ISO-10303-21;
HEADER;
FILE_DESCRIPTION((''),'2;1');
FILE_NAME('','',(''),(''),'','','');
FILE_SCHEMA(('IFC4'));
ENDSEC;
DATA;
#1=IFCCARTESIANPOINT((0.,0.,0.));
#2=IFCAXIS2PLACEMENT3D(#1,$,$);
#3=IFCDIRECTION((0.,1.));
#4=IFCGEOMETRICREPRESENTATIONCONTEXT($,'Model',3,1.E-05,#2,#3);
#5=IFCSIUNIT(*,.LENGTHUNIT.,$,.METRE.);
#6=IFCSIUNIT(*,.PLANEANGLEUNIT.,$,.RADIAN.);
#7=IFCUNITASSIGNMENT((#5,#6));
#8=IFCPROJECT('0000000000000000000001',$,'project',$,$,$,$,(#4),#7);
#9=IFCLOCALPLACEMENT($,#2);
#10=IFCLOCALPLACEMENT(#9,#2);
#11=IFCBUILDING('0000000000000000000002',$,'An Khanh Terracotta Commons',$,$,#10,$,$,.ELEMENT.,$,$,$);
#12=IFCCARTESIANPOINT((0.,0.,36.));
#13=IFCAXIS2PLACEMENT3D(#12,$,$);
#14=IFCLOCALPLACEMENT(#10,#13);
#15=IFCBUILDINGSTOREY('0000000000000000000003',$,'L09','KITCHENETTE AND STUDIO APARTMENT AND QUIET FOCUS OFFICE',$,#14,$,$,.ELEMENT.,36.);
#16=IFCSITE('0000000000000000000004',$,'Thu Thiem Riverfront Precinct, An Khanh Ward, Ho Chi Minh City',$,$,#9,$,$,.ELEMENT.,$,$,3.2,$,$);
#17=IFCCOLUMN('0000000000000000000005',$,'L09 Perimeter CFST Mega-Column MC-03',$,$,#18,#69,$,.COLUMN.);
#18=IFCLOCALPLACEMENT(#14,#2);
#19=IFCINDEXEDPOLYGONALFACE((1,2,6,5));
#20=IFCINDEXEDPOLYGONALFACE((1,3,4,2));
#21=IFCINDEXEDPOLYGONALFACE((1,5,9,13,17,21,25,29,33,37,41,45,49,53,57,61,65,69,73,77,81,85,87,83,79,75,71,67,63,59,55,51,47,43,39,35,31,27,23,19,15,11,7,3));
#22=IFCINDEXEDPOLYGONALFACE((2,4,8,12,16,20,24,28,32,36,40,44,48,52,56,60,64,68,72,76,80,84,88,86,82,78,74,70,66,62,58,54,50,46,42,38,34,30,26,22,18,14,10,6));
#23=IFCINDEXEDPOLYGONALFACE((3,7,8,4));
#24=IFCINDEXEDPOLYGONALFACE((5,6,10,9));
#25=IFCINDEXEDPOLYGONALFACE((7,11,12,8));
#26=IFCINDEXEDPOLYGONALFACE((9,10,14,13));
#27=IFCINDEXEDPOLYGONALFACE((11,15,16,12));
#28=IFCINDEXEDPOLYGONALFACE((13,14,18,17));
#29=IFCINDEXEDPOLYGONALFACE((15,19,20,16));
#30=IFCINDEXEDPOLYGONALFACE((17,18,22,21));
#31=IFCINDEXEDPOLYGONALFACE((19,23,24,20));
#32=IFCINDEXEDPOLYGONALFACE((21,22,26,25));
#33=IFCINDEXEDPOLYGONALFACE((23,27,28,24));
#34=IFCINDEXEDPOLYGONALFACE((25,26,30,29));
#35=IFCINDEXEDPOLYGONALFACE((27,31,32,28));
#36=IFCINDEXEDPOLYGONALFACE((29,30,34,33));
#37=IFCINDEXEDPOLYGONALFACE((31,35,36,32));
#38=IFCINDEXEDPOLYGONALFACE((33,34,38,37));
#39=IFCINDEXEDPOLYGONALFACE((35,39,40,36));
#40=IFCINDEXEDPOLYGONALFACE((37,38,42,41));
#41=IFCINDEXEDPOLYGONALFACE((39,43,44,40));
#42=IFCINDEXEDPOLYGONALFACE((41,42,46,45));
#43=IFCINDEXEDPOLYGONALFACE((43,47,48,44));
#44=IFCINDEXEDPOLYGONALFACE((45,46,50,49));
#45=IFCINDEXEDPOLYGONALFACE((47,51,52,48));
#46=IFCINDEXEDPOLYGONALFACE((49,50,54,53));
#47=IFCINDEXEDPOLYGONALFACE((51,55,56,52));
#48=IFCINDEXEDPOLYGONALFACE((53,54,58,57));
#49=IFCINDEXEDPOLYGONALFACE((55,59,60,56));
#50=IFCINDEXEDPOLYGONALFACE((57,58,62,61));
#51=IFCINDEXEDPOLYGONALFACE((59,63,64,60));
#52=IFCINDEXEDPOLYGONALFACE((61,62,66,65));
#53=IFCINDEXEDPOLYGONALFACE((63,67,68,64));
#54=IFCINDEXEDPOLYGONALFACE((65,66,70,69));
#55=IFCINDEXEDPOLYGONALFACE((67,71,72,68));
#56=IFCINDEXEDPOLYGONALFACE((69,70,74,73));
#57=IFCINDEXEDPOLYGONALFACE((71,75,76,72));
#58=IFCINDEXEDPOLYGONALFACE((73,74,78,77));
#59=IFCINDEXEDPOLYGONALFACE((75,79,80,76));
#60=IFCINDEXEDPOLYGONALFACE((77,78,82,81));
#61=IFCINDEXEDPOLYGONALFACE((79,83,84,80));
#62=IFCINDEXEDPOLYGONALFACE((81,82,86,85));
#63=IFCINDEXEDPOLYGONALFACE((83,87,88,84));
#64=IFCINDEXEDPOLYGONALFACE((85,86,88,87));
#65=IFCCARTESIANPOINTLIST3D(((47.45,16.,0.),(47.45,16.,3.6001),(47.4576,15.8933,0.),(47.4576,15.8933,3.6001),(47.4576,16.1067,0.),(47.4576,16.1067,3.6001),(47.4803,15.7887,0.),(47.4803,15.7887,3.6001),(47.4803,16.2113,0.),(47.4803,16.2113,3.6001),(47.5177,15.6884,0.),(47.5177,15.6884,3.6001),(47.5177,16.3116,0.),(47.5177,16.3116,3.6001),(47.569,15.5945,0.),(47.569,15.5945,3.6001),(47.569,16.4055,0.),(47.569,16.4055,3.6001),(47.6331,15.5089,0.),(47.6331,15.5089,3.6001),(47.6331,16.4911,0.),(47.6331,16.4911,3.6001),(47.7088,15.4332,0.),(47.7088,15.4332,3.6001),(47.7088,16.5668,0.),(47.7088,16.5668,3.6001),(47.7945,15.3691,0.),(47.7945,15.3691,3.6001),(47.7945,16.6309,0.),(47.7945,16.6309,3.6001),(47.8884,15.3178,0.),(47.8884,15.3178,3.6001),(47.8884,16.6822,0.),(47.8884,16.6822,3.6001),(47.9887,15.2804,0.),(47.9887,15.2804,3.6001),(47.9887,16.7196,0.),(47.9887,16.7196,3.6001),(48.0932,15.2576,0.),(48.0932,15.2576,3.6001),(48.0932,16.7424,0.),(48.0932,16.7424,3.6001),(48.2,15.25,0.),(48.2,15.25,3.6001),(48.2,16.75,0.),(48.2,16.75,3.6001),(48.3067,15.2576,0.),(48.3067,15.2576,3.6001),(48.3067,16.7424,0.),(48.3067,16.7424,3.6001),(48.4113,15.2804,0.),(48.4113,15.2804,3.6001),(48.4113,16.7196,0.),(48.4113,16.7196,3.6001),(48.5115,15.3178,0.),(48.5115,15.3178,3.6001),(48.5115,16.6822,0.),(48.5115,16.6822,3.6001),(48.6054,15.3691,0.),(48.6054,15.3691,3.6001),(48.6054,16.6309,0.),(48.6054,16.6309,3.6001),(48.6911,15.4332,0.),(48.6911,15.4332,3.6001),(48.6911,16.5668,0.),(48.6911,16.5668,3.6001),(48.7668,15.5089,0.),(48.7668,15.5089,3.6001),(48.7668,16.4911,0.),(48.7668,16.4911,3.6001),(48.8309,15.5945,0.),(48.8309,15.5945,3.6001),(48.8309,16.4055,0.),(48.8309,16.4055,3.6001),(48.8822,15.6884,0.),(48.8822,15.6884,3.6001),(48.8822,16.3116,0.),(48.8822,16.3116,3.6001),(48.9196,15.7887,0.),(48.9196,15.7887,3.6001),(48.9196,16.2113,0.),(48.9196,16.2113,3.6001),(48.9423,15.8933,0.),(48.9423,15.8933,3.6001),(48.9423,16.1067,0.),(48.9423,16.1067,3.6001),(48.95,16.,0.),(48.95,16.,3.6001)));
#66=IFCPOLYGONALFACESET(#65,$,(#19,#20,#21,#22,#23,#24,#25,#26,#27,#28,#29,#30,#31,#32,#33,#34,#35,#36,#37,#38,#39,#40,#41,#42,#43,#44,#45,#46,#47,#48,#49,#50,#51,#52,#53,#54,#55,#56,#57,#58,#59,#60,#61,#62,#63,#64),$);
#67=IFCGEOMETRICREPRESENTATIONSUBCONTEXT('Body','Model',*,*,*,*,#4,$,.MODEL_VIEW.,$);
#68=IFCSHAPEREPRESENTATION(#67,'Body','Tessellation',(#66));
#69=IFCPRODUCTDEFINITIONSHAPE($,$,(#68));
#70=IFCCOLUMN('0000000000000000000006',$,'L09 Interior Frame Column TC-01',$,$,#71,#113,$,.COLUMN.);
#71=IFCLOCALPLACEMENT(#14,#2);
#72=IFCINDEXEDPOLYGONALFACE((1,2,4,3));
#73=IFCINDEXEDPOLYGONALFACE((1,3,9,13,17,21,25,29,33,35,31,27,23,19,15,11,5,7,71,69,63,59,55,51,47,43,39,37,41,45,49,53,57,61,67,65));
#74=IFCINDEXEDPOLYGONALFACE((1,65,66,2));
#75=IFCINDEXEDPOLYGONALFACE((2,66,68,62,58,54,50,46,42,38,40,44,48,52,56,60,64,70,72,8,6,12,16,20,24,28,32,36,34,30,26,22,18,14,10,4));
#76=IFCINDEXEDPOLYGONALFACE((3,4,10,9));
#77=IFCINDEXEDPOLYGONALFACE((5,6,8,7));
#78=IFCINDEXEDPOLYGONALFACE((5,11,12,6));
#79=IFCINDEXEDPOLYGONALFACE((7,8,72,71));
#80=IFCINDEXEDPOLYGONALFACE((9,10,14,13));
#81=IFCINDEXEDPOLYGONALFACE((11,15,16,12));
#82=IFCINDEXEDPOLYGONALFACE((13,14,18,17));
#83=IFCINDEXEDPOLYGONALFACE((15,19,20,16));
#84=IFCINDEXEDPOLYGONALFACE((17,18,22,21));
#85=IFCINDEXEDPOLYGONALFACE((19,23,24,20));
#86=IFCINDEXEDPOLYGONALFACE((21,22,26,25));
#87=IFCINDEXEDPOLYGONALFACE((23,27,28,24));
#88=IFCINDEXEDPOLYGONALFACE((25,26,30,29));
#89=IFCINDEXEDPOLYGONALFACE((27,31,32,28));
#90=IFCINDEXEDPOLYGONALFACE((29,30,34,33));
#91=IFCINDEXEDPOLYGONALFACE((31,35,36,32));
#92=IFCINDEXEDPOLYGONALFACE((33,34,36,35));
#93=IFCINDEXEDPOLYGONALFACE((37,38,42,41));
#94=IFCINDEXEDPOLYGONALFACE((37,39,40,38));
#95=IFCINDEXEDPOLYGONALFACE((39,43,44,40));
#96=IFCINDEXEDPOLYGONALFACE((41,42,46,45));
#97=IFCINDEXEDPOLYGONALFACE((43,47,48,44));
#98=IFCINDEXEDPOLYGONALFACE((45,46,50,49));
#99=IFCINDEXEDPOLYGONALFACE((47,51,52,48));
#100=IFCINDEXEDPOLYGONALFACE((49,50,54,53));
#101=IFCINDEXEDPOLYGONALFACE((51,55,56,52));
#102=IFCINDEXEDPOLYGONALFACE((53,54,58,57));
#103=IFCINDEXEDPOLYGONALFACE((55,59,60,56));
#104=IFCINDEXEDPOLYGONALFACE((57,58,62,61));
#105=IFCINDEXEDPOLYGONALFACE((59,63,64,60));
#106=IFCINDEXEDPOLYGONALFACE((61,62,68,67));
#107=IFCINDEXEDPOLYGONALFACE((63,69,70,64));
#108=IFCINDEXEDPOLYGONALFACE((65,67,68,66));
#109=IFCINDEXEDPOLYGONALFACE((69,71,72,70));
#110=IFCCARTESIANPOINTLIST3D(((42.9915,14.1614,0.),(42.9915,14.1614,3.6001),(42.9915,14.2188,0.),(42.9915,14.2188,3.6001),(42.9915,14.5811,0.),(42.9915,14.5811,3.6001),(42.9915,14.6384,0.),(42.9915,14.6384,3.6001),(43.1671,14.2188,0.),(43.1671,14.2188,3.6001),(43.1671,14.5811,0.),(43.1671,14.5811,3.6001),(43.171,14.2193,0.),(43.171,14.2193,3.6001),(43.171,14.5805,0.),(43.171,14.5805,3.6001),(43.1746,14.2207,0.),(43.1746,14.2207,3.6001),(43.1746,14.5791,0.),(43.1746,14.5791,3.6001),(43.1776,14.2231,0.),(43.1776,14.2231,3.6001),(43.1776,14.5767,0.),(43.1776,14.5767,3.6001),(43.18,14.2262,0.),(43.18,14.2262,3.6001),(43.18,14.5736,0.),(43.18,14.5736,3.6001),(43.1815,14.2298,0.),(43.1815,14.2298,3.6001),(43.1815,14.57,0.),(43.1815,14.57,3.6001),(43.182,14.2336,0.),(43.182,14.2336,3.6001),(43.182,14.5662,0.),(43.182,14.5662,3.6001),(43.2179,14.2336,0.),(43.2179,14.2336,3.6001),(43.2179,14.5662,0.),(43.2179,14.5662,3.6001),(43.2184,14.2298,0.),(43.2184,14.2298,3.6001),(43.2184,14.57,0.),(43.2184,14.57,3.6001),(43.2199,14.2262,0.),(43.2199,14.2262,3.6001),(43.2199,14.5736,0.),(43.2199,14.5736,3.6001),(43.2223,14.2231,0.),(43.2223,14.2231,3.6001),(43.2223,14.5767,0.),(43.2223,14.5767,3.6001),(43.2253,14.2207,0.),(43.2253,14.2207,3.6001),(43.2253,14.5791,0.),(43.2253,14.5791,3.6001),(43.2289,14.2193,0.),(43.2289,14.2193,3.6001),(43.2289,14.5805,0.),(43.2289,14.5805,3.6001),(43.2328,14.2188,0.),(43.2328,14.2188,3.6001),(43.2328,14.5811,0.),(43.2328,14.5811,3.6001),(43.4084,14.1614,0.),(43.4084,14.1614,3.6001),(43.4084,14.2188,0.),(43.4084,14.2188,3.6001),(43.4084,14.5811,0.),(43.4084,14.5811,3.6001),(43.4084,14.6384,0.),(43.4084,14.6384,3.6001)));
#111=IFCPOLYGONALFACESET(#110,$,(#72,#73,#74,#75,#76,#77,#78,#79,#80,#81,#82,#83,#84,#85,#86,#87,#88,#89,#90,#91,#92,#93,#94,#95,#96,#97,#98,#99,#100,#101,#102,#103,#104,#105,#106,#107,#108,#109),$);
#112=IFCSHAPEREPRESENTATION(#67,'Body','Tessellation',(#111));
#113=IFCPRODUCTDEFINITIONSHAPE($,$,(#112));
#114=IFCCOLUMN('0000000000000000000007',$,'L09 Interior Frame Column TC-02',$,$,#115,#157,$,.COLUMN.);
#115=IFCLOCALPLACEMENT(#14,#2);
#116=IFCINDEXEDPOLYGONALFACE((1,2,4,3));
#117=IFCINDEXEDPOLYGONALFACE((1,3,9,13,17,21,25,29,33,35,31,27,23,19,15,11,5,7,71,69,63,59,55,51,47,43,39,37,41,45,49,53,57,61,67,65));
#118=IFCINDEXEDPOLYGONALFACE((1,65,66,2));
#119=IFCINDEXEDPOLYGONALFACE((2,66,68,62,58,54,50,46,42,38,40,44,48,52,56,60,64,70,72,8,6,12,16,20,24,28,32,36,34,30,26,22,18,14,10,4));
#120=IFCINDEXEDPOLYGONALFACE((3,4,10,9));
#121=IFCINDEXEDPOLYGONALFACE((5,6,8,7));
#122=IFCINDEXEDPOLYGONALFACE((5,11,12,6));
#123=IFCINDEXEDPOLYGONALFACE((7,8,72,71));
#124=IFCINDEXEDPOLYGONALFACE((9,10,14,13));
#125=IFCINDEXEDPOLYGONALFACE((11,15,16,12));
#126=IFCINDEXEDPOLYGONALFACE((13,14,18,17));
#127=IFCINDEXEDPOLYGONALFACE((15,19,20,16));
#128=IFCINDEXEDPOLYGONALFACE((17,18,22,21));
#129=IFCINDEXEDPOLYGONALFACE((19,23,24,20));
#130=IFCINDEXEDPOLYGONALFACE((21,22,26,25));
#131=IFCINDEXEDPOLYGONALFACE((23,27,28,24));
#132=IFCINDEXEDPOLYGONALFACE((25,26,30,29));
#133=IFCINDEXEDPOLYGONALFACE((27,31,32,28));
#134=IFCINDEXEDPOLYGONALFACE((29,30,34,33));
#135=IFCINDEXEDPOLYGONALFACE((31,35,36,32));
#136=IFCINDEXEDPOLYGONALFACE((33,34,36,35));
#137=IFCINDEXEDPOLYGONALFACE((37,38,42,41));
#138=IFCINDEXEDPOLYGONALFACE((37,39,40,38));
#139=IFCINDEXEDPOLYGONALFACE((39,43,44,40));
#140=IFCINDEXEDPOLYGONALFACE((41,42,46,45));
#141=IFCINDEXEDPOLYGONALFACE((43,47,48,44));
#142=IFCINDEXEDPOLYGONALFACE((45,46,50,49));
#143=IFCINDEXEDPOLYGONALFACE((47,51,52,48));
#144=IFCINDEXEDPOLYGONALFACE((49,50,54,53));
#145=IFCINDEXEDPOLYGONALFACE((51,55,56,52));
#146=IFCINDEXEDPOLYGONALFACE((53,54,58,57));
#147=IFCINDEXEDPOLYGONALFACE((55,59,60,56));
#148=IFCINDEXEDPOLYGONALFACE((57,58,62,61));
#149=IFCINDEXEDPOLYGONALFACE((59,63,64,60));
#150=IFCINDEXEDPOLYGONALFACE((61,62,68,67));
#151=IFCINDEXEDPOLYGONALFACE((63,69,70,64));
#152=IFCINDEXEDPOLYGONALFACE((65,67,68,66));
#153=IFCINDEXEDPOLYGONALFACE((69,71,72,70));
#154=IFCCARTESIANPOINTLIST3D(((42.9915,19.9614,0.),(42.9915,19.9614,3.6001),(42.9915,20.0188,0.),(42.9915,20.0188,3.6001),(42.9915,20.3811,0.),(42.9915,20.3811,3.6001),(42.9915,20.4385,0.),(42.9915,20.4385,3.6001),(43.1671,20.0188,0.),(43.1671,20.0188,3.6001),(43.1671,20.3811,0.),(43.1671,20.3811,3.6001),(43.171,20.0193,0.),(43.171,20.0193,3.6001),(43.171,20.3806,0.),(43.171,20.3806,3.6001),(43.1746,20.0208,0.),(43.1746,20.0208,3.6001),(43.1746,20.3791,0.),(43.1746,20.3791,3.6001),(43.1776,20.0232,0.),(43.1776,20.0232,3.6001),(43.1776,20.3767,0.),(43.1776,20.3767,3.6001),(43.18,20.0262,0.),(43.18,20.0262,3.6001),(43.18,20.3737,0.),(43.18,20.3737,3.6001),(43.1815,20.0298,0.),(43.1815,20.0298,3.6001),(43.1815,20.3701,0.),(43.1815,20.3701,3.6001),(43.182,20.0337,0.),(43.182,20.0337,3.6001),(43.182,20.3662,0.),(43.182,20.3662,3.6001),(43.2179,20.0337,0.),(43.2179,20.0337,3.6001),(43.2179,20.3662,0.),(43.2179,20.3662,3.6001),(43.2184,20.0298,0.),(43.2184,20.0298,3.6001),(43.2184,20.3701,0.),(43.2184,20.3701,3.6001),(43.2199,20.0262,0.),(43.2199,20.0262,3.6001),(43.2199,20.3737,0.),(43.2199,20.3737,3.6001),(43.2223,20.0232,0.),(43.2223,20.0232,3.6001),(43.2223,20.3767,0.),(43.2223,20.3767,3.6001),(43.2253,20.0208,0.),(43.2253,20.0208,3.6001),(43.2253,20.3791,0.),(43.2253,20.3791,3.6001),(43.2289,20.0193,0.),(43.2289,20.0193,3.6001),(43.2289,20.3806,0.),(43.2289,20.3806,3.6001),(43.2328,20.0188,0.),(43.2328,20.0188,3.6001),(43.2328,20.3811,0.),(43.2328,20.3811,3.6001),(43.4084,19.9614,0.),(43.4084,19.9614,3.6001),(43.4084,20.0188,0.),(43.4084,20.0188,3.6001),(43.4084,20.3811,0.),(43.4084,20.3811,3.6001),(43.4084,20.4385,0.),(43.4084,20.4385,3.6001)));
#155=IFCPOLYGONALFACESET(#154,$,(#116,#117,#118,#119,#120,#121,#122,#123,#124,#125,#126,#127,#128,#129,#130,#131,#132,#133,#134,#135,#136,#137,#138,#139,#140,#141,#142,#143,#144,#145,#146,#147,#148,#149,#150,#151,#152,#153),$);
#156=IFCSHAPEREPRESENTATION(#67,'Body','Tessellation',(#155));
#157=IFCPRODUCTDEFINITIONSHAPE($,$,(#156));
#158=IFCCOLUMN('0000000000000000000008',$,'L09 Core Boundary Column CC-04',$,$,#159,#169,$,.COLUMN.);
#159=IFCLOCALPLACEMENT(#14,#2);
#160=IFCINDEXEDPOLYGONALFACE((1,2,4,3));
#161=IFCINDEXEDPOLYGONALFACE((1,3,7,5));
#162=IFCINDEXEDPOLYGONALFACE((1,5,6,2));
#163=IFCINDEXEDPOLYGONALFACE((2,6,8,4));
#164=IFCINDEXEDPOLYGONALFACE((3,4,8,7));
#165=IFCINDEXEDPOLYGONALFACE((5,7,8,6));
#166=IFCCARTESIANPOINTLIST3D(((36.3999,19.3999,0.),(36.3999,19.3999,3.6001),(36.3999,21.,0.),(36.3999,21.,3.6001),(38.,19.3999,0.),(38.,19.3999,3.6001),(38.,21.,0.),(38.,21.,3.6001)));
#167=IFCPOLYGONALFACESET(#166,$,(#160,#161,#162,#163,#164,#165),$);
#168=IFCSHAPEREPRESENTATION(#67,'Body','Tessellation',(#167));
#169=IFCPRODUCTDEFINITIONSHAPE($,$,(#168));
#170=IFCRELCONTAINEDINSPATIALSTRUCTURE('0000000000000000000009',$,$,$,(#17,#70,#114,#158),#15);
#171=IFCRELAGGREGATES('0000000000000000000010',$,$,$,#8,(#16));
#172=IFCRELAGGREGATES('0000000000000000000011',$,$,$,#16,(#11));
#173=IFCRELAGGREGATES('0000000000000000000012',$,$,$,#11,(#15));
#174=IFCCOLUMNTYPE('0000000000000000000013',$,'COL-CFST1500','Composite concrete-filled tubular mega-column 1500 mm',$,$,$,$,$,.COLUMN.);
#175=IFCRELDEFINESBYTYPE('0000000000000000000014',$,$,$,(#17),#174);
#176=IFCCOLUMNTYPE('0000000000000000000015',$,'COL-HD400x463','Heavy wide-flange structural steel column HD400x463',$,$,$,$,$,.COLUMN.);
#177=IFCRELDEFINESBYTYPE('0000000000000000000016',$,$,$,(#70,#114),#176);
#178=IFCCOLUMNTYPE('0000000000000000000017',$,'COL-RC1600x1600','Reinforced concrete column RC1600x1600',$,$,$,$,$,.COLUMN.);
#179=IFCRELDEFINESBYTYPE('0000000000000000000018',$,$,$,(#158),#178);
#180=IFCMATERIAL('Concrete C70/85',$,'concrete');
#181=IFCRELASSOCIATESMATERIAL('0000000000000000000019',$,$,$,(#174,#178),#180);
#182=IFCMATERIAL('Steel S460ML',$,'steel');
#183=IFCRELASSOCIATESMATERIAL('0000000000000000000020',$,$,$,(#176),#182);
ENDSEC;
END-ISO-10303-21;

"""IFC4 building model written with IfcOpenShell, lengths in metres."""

from ifc_helpers import new_model, si_unit, direction, frame, origin, origin_2d, place, context, subcontext, project, spatial, rectangle, circle, i_section, extrude, material, material_profile, profile_set, type_object, element, save


model = new_model("IFC4")

# Units and contexts
model_context = context("Model", 3, precision=1e-05, world=origin(), true_north=direction((0.0, 1.0)))
body_context = subcontext(model_context, "Body", "Model", "MODEL_VIEW")
ifc_project = project(units=[si_unit("LENGTHUNIT", "METRE"), si_unit("PLANEANGLEUNIT", "RADIAN")], contexts=[model_context])

# Site, building, storey
site_placement = place(None, origin())
site = spatial("IfcSite", under=ifc_project, at=site_placement, Name="Thu Thiem Riverfront Precinct, An Khanh Ward, Ho Chi Minh City", CompositionType="ELEMENT", RefElevation=3.2)
building_placement = place(site_placement, origin())
building = spatial("IfcBuilding", under=site, at=building_placement, Name="An Khanh Terracotta Commons", CompositionType="ELEMENT")
storey_placement = place(building_placement, frame((0.0, 0.0, 36.0)))
storey = spatial("IfcBuildingStorey", under=building, at=storey_placement, Name="L09", Description="KITCHENETTE AND STUDIO APARTMENT AND QUIET FOCUS OFFICE", CompositionType="ELEMENT", Elevation=36.0)

# Columns
ifc_material_1 = material(Name="Concrete C70/85", Category="concrete")
ifc_material_profile_1 = material_profile(ifc_material_1, circle(Radius=0.75, at=origin_2d()), Name="CFST1500")
ifc_profile_set_1 = profile_set([ifc_material_profile_1], Name="Concrete C70/85")
column_type_1 = type_object("IfcColumnType", Name="COL-CFST1500", Description="Composite concrete-filled tubular mega-column 1500 mm", PredefinedType="COLUMN", material=ifc_profile_set_1)
column_1_placement = place(storey_placement, frame((48.2, 16.0, 0.0), z_axis=(0.0, 0.0, 1.0), x_axis=(1.0, 0.0, 0.0)))
element("IfcColumn", 1, at=column_1_placement, inside=storey, type_object=column_type_1, Name="L09 Perimeter CFST Mega-Column MC-03", PredefinedType="COLUMN", context=body_context, shape_type="SweptSolid", body=[
    extrude(circle(Radius=0.75, at=origin_2d()), origin(), (0.0, 0.0, 1.0), 3.6001),
])
ifc_material_2 = material(Name="Steel S460ML", Category="steel")
ifc_material_profile_2 = material_profile(ifc_material_2, i_section(OverallWidth=0.417, OverallDepth=0.4771, WebThickness=0.0359, FlangeThickness=0.0574, FilletRadius=0.0149, at=origin_2d()), Name="HD400x463")
ifc_profile_set_2 = profile_set([ifc_material_profile_2], Name="Steel S460ML")
column_type_2 = type_object("IfcColumnType", Name="COL-HD400x463", Description="Heavy wide-flange structural steel column HD400x463", PredefinedType="COLUMN", material=ifc_profile_set_2)
for number, where, z_axis, x_axis, name in (
    (2, (43.2, 14.3999, 0.0), (0.0, 0.0, 1.0), (1.0, 0.0, 0.0), "L09 Interior Frame Column TC-01"),
    (3, (43.2, 20.2, 0.0), (0.0, 0.0, 1.0), (1.0, 0.0, 0.0), "L09 Interior Frame Column TC-02"),
):
    element("IfcColumn", number, at=place(storey_placement, frame(where, z_axis=z_axis, x_axis=x_axis)), inside=storey, type_object=column_type_2, Name=name, PredefinedType="COLUMN", context=body_context, shape_type="SweptSolid", body=[
        extrude(i_section(OverallWidth=0.417, OverallDepth=0.4771, WebThickness=0.0359, FlangeThickness=0.0574, FilletRadius=0.0149, at=origin_2d()), origin(), (0.0, 0.0, 1.0), 3.6001),
    ])
ifc_material_profile_3 = material_profile(ifc_material_1, rectangle(XDim=1.6001, YDim=1.6001, at=origin_2d()), Name="RC1600x1600")
ifc_profile_set_3 = profile_set([ifc_material_profile_3], Name="Concrete C70/85")
column_type_3 = type_object("IfcColumnType", Name="COL-RC1600x1600", Description="Reinforced concrete column RC1600x1600", PredefinedType="COLUMN", material=ifc_profile_set_3)
column_2_placement = place(storey_placement, frame((37.2, 20.2, 0.0), z_axis=(0.0, 0.0, 1.0), x_axis=(1.0, 0.0, 0.0)))
element("IfcColumn", 4, at=column_2_placement, inside=storey, type_object=column_type_3, Name="L09 Core Boundary Column CC-04", PredefinedType="COLUMN", context=body_context, shape_type="SweptSolid", body=[
    extrude(rectangle(XDim=1.6001, YDim=1.6001, at=origin_2d()), origin(), (0.0, 0.0, 1.0), 3.6001),
])

save(model, "model.ifc")
